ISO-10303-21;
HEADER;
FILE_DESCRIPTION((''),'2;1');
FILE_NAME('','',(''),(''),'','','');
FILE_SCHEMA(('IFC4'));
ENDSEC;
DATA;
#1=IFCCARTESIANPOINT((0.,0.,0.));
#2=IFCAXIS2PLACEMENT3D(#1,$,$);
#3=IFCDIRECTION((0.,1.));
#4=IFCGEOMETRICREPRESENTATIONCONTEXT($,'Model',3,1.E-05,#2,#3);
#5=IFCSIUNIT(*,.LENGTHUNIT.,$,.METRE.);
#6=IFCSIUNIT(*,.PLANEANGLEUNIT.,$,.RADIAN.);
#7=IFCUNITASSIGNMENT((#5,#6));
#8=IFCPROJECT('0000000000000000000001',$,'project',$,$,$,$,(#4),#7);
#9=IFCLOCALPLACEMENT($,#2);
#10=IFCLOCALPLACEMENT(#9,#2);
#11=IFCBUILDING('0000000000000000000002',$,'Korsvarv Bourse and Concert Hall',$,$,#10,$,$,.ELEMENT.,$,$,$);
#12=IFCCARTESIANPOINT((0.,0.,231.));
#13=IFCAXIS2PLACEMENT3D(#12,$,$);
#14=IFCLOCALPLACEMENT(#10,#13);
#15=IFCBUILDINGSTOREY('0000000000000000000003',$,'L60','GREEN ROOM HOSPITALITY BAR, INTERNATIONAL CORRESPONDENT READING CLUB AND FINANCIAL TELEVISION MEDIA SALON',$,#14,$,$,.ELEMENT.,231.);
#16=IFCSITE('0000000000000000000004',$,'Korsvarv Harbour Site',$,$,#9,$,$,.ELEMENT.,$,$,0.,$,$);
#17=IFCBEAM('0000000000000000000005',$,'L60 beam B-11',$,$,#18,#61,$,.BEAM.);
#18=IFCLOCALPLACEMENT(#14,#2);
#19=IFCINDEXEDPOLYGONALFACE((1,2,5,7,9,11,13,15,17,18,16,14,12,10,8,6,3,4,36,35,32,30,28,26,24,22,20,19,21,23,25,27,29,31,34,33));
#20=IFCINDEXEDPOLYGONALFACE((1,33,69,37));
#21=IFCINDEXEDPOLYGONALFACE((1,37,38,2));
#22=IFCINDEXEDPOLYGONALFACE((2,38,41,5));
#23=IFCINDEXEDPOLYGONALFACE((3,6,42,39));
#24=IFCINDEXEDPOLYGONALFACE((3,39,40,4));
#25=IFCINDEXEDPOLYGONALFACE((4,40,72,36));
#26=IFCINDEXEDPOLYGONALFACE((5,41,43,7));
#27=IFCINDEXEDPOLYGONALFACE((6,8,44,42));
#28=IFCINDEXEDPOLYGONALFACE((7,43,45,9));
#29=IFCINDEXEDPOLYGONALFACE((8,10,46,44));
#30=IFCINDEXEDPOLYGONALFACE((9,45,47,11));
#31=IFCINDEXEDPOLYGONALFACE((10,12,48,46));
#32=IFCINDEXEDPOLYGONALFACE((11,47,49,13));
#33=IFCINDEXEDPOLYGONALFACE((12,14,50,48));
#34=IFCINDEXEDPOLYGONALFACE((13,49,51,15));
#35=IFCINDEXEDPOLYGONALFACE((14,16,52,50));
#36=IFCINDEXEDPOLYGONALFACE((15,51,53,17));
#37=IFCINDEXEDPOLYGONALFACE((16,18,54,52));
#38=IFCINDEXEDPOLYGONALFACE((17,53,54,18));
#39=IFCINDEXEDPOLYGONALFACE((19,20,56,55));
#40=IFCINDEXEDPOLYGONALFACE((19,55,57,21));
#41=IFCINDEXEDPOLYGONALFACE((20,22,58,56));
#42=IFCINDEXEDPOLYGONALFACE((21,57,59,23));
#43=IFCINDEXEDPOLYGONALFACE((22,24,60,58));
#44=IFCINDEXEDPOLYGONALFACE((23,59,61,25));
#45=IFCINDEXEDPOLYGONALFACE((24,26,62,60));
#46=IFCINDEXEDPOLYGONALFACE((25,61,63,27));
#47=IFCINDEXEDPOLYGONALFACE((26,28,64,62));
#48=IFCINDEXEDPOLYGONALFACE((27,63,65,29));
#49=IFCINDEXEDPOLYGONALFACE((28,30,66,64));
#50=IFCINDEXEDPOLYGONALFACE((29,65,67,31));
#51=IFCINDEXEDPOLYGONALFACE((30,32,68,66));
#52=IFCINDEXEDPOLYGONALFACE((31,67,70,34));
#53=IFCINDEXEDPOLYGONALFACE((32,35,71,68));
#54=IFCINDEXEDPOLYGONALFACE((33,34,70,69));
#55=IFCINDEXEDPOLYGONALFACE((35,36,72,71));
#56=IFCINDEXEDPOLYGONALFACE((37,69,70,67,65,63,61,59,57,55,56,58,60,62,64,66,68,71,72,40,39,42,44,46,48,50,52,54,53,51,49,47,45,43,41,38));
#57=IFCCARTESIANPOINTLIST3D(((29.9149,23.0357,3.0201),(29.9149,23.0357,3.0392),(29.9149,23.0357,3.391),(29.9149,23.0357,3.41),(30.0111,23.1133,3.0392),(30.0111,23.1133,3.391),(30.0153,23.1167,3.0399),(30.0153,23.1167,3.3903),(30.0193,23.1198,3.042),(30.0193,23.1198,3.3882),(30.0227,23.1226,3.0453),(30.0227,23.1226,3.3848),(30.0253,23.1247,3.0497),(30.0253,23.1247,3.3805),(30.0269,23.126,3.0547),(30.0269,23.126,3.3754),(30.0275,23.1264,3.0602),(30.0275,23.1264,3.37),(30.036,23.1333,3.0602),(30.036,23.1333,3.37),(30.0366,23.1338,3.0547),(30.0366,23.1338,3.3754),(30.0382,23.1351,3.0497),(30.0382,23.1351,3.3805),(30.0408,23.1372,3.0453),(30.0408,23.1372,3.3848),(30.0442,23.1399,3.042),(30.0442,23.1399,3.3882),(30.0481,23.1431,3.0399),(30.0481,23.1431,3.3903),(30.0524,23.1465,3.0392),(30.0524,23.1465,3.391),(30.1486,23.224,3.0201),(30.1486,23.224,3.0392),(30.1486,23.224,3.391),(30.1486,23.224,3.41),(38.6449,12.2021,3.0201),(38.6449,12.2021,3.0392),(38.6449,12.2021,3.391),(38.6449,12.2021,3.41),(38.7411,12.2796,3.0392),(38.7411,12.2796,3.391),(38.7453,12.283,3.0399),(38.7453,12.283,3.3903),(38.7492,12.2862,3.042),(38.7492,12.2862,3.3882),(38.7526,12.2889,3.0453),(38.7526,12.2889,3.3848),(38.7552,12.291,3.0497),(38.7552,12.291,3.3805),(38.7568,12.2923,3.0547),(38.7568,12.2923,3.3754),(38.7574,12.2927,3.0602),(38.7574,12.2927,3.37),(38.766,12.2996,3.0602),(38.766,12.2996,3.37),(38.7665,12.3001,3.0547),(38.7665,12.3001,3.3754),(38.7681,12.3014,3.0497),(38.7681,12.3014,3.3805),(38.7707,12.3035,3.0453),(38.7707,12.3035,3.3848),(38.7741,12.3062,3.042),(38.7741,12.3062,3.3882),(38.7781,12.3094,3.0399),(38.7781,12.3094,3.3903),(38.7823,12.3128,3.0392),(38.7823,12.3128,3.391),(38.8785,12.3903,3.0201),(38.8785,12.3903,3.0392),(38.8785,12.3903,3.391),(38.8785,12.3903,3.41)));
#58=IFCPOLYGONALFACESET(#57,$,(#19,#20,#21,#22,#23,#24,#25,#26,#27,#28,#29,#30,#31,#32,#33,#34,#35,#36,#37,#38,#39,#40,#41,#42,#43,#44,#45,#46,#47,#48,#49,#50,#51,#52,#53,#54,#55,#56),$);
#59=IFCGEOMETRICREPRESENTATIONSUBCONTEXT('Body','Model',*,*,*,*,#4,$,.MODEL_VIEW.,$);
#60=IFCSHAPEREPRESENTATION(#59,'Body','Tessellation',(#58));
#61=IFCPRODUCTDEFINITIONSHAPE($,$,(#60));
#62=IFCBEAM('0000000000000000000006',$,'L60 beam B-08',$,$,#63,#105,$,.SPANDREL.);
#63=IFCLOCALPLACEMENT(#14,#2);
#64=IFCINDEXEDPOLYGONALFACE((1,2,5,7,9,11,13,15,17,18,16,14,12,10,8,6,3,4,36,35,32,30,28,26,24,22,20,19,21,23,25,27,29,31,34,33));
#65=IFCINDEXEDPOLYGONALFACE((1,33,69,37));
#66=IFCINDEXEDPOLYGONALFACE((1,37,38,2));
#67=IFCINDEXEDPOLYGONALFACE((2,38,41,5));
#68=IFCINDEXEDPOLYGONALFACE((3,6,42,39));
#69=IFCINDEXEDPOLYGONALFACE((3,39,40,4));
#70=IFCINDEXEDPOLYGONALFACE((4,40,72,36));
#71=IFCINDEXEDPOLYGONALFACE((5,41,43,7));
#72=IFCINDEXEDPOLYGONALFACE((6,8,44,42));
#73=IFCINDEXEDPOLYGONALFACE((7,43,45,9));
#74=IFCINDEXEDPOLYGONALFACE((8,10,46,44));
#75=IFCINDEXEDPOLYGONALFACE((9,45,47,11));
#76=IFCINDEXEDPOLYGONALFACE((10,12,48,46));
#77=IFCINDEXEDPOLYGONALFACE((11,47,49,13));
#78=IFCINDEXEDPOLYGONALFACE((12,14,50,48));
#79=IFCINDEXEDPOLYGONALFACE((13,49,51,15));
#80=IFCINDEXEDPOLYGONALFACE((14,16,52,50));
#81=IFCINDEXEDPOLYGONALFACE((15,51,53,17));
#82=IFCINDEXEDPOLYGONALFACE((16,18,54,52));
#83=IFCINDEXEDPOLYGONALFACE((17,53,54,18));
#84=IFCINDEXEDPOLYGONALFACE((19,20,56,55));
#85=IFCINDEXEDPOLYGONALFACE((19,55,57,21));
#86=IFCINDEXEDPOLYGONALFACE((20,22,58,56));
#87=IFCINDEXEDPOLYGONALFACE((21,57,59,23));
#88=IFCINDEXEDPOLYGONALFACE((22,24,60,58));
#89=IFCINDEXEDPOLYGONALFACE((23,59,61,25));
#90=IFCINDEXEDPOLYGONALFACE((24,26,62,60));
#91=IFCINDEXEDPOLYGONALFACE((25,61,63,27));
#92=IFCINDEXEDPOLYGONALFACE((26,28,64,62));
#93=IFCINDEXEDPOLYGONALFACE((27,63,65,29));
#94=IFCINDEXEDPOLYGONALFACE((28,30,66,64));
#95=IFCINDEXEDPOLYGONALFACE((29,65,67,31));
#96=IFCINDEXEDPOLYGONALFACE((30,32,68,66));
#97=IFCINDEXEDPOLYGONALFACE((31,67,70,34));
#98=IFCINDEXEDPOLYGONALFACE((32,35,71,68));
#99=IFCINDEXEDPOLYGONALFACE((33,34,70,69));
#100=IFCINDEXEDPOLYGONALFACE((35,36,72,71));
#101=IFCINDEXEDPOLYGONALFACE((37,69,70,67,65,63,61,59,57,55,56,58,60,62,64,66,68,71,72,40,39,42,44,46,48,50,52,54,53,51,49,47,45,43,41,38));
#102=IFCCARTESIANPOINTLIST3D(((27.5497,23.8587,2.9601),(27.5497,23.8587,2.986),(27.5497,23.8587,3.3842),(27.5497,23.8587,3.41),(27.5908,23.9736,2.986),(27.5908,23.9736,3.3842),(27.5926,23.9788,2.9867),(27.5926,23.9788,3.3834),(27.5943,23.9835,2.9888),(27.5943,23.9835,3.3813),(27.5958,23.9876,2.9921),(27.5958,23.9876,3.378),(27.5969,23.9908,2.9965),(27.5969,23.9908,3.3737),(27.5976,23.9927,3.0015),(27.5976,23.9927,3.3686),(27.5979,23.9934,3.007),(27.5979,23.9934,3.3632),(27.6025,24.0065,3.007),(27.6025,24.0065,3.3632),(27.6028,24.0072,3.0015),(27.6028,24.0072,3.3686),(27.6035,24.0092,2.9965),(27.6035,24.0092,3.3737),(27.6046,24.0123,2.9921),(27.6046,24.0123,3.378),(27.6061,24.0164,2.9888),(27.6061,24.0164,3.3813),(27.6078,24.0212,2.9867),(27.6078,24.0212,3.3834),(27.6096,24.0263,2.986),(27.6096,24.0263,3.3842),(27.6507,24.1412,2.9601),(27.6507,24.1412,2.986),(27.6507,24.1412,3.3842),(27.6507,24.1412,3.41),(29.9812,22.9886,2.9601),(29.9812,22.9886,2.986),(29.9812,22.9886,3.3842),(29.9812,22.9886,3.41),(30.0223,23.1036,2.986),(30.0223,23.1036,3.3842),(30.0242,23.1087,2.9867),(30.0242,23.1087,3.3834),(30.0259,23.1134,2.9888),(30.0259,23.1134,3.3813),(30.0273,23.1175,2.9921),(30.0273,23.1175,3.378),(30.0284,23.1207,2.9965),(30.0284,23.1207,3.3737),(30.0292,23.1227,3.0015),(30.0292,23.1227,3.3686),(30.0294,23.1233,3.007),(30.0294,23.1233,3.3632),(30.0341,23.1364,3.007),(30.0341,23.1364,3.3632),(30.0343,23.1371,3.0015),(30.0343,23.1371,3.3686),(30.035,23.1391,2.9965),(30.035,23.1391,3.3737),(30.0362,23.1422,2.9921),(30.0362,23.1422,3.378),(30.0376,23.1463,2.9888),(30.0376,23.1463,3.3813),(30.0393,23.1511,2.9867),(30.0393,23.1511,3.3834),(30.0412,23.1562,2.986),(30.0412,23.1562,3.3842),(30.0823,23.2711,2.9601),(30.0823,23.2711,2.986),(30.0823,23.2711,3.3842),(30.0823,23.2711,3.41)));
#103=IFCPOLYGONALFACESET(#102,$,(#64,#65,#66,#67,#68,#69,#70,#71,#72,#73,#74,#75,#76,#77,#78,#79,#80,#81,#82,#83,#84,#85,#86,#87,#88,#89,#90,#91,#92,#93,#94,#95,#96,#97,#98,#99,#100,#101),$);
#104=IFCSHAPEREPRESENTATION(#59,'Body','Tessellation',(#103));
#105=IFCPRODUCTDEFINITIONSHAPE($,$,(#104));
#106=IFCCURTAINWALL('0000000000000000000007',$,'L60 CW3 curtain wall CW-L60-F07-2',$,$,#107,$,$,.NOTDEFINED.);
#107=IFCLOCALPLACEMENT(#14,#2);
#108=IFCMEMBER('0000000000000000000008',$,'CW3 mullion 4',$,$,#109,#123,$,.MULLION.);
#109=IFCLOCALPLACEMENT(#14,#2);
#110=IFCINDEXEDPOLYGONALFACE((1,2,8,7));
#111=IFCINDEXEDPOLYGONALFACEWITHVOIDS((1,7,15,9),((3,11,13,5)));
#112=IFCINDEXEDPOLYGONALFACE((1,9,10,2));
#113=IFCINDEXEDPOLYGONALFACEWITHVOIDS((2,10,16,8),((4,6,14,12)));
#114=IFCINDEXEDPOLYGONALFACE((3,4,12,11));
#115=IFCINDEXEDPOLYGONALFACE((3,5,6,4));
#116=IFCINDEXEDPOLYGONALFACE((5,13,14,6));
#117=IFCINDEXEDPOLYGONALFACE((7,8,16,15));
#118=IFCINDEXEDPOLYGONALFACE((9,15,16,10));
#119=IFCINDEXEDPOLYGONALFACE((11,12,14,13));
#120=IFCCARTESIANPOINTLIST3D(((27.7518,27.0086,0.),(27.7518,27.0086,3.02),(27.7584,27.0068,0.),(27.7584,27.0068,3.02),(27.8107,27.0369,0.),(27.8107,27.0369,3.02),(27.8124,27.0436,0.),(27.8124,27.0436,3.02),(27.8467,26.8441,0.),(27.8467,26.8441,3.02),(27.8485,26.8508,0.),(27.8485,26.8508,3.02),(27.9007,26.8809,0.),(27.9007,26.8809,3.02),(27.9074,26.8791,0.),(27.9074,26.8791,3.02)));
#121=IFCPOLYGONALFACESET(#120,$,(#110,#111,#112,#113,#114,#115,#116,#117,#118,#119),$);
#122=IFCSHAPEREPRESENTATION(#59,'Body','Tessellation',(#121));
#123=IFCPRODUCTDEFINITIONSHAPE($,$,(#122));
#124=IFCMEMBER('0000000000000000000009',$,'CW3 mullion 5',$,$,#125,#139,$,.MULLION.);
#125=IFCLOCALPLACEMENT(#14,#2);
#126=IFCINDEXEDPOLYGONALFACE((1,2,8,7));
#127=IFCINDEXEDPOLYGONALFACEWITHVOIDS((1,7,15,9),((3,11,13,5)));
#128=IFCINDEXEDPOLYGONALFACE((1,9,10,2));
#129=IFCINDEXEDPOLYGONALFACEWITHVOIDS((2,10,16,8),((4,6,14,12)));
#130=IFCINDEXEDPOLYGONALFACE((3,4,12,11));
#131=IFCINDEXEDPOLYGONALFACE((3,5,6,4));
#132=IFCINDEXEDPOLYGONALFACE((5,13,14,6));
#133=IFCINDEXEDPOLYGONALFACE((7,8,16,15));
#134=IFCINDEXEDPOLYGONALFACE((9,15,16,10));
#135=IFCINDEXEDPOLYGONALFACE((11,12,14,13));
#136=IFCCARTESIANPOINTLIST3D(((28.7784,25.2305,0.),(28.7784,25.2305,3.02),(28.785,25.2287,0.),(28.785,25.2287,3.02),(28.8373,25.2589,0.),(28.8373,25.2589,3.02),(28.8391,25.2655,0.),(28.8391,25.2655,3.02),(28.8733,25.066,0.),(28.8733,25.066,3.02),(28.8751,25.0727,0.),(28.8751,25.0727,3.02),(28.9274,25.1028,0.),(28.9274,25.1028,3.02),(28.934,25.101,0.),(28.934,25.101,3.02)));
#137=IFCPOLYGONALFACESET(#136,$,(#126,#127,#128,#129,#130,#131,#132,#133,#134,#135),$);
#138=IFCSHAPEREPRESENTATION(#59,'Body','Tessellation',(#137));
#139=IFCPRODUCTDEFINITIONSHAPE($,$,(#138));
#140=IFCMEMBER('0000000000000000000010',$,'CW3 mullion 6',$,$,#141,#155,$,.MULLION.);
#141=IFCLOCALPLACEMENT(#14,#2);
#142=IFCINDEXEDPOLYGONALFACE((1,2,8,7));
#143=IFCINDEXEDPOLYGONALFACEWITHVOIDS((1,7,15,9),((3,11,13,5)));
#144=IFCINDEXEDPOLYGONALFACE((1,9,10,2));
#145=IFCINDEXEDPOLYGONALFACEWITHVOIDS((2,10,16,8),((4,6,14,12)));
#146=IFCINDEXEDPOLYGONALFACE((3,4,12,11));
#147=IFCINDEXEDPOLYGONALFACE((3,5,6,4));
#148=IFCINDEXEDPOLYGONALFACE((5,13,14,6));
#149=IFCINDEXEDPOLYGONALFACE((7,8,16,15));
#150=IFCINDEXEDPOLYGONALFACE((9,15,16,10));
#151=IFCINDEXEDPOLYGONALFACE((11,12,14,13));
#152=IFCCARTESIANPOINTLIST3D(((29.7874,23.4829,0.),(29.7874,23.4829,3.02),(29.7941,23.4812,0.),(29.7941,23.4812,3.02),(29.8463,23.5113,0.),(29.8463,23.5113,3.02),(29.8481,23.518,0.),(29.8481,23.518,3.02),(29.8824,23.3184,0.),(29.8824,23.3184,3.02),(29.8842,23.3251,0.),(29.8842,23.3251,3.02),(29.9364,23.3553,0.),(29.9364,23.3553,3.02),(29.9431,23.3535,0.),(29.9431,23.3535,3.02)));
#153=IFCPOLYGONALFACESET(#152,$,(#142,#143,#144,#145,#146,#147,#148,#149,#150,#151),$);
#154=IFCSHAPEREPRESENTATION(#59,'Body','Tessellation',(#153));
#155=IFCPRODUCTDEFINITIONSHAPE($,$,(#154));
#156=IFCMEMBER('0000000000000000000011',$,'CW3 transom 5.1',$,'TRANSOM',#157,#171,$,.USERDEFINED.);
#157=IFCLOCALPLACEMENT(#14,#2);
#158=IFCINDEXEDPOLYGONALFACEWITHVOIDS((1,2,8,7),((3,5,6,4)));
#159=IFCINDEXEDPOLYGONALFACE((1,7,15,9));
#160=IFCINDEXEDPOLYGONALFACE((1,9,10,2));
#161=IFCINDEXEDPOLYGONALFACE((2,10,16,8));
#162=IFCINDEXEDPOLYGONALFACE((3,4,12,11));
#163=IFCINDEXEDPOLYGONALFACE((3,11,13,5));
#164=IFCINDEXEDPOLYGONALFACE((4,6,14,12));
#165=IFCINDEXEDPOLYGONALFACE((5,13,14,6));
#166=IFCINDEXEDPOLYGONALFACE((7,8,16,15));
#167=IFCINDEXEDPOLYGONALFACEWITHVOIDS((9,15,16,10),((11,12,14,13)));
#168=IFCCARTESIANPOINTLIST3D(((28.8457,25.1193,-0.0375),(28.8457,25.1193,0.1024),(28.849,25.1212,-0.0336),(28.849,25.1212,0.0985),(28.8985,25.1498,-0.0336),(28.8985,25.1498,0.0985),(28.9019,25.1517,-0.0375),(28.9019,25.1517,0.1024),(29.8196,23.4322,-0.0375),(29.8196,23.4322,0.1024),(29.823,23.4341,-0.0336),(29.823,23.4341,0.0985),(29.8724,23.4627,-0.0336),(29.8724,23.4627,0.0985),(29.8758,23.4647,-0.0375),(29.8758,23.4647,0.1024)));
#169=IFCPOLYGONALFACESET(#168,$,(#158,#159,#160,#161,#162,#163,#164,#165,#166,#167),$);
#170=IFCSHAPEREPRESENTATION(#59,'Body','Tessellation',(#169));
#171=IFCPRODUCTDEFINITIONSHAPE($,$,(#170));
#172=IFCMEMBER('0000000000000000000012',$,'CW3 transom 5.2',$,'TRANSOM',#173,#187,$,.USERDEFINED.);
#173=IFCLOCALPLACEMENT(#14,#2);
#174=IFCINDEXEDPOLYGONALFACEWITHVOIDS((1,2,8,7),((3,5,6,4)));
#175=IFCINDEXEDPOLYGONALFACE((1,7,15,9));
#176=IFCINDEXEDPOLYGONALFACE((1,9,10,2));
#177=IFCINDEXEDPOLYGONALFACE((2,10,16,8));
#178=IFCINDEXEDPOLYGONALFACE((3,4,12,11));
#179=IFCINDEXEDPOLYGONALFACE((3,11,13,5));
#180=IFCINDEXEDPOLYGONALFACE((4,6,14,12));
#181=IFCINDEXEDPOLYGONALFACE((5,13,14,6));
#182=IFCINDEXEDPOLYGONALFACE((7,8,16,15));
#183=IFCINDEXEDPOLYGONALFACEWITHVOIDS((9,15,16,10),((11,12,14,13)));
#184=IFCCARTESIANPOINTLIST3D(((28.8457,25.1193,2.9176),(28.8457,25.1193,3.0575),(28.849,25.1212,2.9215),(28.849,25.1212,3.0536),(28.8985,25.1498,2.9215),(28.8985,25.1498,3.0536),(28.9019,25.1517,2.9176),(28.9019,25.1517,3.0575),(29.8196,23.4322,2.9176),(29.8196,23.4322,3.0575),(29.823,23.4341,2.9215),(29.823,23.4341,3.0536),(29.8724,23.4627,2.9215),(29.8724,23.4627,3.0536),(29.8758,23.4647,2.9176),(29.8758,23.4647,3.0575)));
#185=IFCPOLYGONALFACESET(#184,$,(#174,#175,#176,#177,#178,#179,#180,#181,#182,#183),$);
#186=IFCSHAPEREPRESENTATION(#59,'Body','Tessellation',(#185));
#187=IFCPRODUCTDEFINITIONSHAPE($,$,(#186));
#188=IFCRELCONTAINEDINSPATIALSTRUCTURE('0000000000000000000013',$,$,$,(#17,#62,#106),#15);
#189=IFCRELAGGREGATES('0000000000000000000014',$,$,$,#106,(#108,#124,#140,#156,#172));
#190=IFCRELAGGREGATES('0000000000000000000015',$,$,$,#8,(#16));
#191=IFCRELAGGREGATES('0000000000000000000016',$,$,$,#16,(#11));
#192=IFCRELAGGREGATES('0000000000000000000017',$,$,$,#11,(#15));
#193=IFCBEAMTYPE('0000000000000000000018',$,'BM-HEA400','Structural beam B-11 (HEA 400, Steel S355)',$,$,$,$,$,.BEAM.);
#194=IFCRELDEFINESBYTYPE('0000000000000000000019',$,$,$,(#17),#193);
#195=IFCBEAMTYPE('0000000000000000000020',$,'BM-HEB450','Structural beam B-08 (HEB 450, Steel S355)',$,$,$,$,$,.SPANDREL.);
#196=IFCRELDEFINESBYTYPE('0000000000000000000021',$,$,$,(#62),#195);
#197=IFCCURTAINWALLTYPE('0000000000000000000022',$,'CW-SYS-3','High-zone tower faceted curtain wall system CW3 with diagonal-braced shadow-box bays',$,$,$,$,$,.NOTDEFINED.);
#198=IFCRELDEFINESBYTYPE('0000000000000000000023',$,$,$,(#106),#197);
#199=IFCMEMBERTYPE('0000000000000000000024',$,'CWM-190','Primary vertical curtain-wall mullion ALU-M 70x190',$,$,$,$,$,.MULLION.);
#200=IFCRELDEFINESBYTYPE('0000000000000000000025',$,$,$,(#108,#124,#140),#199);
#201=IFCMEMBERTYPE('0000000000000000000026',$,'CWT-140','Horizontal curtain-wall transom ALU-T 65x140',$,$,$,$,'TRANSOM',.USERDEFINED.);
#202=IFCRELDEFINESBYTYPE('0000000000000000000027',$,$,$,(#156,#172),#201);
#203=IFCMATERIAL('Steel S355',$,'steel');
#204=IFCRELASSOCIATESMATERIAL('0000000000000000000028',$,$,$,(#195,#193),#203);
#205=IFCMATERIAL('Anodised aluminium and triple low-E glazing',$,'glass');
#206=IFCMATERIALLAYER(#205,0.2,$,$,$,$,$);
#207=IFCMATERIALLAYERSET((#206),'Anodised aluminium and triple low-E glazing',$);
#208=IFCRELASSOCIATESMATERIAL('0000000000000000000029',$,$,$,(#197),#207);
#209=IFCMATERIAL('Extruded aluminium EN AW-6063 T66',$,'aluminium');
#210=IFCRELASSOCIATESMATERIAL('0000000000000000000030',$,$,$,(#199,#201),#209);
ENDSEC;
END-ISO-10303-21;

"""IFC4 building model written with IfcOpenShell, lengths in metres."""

from ifc_helpers import new_model, si_unit, direction, frame, origin, origin_2d, place, context, subcontext, project, spatial, hollow_rectangle, i_section, extrude, source, transform, mapped, material, layer, layer_set, material_profile, profile_set, type_object, element, aggregate, save


model = new_model("IFC4")

# Units and contexts
model_context = context("Model", 3, precision=1e-05, world=origin(), true_north=direction((0.0, 1.0)))
body_context = subcontext(model_context, "Body", "Model", "MODEL_VIEW")
ifc_project = project(units=[si_unit("LENGTHUNIT", "METRE"), si_unit("PLANEANGLEUNIT", "RADIAN")], contexts=[model_context])

# Site, building, storey
site_placement = place(None, origin())
site = spatial("IfcSite", under=ifc_project, at=site_placement, Name="Korsvarv Harbour Site", CompositionType="ELEMENT", RefElevation=0.0)
building_placement = place(site_placement, origin())
building = spatial("IfcBuilding", under=site, at=building_placement, Name="Korsvarv Bourse and Concert Hall", CompositionType="ELEMENT")
storey_placement = place(building_placement, frame((0.0, 0.0, 231.0)))
storey = spatial("IfcBuildingStorey", under=building, at=storey_placement, Name="L60", Description="GREEN ROOM HOSPITALITY BAR, INTERNATIONAL CORRESPONDENT READING CLUB AND FINANCIAL TELEVISION MEDIA SALON", CompositionType="ELEMENT", Elevation=231.0)

# Shared definitions
ifc_material_1 = material(Name="Steel S355", Category="steel")

# Beams
ifc_material_profile_1 = material_profile(ifc_material_1, i_section(OverallWidth=0.3, OverallDepth=0.45, WebThickness=0.0139, FlangeThickness=0.0259, FilletRadius=0.021, at=origin_2d()), Name="HEB 450")
ifc_profile_set_1 = profile_set([ifc_material_profile_1], Name="Steel S355")
beam_type_1 = type_object("IfcBeamType", Name="BM-HEB450", Description="Structural beam B-08 (HEB 450, Steel S355)", PredefinedType="SPANDREL", material=ifc_profile_set_1)
ifc_material_profile_2 = material_profile(ifc_material_1, i_section(OverallWidth=0.3, OverallDepth=0.3899, WebThickness=0.011, FlangeThickness=0.019, FilletRadius=0.021, at=origin_2d()), Name="HEA 400")
ifc_profile_set_2 = profile_set([ifc_material_profile_2], Name="Steel S355")
beam_type_2 = type_object("IfcBeamType", Name="BM-HEA400", Description="Structural beam B-11 (HEA 400, Steel S355)", PredefinedType="BEAM", material=ifc_profile_set_2)
shared_shape_1 = source(origin(), body_context, "Body", "SweptSolid", [
    extrude(i_section(OverallWidth=0.3, OverallDepth=0.3899, WebThickness=0.011, FlangeThickness=0.019, FilletRadius=0.021, at=origin_2d()), origin(), (0.0, 0.0, 1.0), 13.9133),
])
beam_1_placement = place(storey_placement, frame((30.0317, 23.1299, 3.2151), z_axis=(0.627452, -0.778656, 0.0), x_axis=(0.778656, 0.627452, 0.0)))
element("IfcBeam", 1, at=beam_1_placement, inside=storey, type_object=beam_type_2, Name="L60 beam B-11", PredefinedType="BEAM", context=body_context, shape_type="MappedRepresentation", body=[
    mapped(shared_shape_1, transform((0.0, 0.0, 0.0), scale=1.0)),
])
shared_shape_2 = source(origin(), body_context, "Body", "SweptSolid", [
    extrude(i_section(OverallWidth=0.3, OverallDepth=0.45, WebThickness=0.0139, FlangeThickness=0.0259, FilletRadius=0.021, at=origin_2d()), origin(), (0.0, 0.0, 1.0), 2.5825),
])
beam_2_placement = place(storey_placement, frame((30.0317, 23.1299, 3.1851), z_axis=(-0.941536, 0.336911, 0.0), x_axis=(-0.336911, -0.941536, 0.0)))
element("IfcBeam", 2, at=beam_2_placement, inside=storey, type_object=beam_type_1, Name="L60 beam B-08", PredefinedType="SPANDREL", context=body_context, shape_type="MappedRepresentation", body=[
    mapped(shared_shape_2, transform((0.0, 0.0, 0.0), scale=1.0)),
])

# Curtain wall, members
ifc_material_2 = material(Name="Anodised aluminium and triple low-E glazing", Category="glass")
ifc_layer_1 = layer(ifc_material_2, 0.2)
ifc_layer_set_1 = layer_set([ifc_layer_1], Name="Anodised aluminium and triple low-E glazing")
curtain_wall_type = type_object("IfcCurtainWallType", Name="CW-SYS-3", Description="High-zone tower faceted curtain wall system CW3 with diagonal-braced shadow-box bays", PredefinedType="NOTDEFINED", material=ifc_layer_set_1)
curtain_wall_placement = place(storey_placement, origin())
curtain_wall = element("IfcCurtainWall", 3, at=curtain_wall_placement, inside=storey, type_object=curtain_wall_type, Name="L60 CW3 curtain wall CW-L60-F07-2", PredefinedType="NOTDEFINED")
ifc_material_3 = material(Name="Extruded aluminium EN AW-6063 T66", Category="aluminium")
ifc_material_profile_3 = material_profile(ifc_material_3, hollow_rectangle(XDim=0.0701, YDim=0.1899, WallThickness=0.0049, at=origin_2d()), Name="ALU-M 70x190")
ifc_profile_set_3 = profile_set([ifc_material_profile_3], Name="Extruded aluminium EN AW-6063 T66")
member_type_1 = type_object("IfcMemberType", Name="CWM-190", Description="Primary vertical curtain-wall mullion ALU-M 70x190", PredefinedType="MULLION", material=ifc_profile_set_3)
shared_shape_3 = source(origin(), body_context, "Body", "SweptSolid", [
    extrude(hollow_rectangle(XDim=0.0701, YDim=0.1899, WallThickness=0.0049, at=origin_2d()), origin(), (0.0, 0.0, 1.0), 3.02),
])
member_1_placement = place(storey_placement, frame((27.8296, 26.9438, 0.0), z_axis=(0.0, 0.0, 1.0), x_axis=(0.866025, 0.5, 0.0)))
member_1 = element("IfcMember", 4, at=member_1_placement, type_object=member_type_1, Name="CW3 mullion 4", PredefinedType="MULLION", context=body_context, shape_type="MappedRepresentation", body=[
    mapped(shared_shape_3, transform((0.0, 0.0, 0.0), scale=1.0)),
])
member_2_placement = place(storey_placement, frame((28.8562, 25.1658, 0.0), z_axis=(0.0, 0.0, 1.0), x_axis=(0.866025, 0.5, 0.0)))
member_2 = element("IfcMember", 5, at=member_2_placement, type_object=member_type_1, Name="CW3 mullion 5", PredefinedType="MULLION", context=body_context, shape_type="MappedRepresentation", body=[
    mapped(shared_shape_3, transform((0.0, 0.0, 0.0), scale=1.0)),
])
member_3_placement = place(storey_placement, frame((29.8652, 23.4182, 0.0), z_axis=(0.0, 0.0, 1.0), x_axis=(0.866025, 0.5, 0.0)))
member_3 = element("IfcMember", 6, at=member_3_placement, type_object=member_type_1, Name="CW3 mullion 6", PredefinedType="MULLION", context=body_context, shape_type="MappedRepresentation", body=[
    mapped(shared_shape_3, transform((0.0, 0.0, 0.0), scale=1.0)),
])
ifc_material_profile_4 = material_profile(ifc_material_3, hollow_rectangle(XDim=0.0649, YDim=0.1399, WallThickness=0.0039, at=origin_2d()), Name="ALU-T 65x140")
ifc_profile_set_4 = profile_set([ifc_material_profile_4], Name="Extruded aluminium EN AW-6063 T66")
member_type_2 = type_object("IfcMemberType", Name="CWT-140", Description="Horizontal curtain-wall transom ALU-T 65x140", ElementType="TRANSOM", PredefinedType="USERDEFINED", material=ifc_profile_set_4)
shared_shape_4 = source(origin(), body_context, "Body", "SweptSolid", [
    extrude(hollow_rectangle(XDim=0.0649, YDim=0.1399, WallThickness=0.0039, at=origin_2d()), origin(), (0.0, 0.0, 1.0), 1.948),
])
member_4_placement = place(storey_placement, frame((28.8738, 25.1355, 0.0325), z_axis=(0.499954, -0.866052, 0.0), x_axis=(0.866052, 0.499954, 0.0)))
member_4 = element("IfcMember", 7, at=member_4_placement, type_object=member_type_2, Name="CW3 transom 5.1", ObjectType="TRANSOM", PredefinedType="USERDEFINED", context=body_context, shape_type="MappedRepresentation", body=[
    mapped(shared_shape_4, transform((0.0, 0.0, 0.0), scale=1.0)),
])
member_5_placement = place(storey_placement, frame((28.8738, 25.1355, 2.9875), z_axis=(0.499954, -0.866052, 0.0), x_axis=(0.866052, 0.499954, 0.0)))
member_5 = element("IfcMember", 8, at=member_5_placement, type_object=member_type_2, Name="CW3 transom 5.2", ObjectType="TRANSOM", PredefinedType="USERDEFINED", context=body_context, shape_type="MappedRepresentation", body=[
    mapped(shared_shape_4, transform((0.0, 0.0, 0.0), scale=1.0)),
])
aggregate(curtain_wall, [member_1, member_2, member_3, member_4, member_5])

save(model, "model.ifc")
